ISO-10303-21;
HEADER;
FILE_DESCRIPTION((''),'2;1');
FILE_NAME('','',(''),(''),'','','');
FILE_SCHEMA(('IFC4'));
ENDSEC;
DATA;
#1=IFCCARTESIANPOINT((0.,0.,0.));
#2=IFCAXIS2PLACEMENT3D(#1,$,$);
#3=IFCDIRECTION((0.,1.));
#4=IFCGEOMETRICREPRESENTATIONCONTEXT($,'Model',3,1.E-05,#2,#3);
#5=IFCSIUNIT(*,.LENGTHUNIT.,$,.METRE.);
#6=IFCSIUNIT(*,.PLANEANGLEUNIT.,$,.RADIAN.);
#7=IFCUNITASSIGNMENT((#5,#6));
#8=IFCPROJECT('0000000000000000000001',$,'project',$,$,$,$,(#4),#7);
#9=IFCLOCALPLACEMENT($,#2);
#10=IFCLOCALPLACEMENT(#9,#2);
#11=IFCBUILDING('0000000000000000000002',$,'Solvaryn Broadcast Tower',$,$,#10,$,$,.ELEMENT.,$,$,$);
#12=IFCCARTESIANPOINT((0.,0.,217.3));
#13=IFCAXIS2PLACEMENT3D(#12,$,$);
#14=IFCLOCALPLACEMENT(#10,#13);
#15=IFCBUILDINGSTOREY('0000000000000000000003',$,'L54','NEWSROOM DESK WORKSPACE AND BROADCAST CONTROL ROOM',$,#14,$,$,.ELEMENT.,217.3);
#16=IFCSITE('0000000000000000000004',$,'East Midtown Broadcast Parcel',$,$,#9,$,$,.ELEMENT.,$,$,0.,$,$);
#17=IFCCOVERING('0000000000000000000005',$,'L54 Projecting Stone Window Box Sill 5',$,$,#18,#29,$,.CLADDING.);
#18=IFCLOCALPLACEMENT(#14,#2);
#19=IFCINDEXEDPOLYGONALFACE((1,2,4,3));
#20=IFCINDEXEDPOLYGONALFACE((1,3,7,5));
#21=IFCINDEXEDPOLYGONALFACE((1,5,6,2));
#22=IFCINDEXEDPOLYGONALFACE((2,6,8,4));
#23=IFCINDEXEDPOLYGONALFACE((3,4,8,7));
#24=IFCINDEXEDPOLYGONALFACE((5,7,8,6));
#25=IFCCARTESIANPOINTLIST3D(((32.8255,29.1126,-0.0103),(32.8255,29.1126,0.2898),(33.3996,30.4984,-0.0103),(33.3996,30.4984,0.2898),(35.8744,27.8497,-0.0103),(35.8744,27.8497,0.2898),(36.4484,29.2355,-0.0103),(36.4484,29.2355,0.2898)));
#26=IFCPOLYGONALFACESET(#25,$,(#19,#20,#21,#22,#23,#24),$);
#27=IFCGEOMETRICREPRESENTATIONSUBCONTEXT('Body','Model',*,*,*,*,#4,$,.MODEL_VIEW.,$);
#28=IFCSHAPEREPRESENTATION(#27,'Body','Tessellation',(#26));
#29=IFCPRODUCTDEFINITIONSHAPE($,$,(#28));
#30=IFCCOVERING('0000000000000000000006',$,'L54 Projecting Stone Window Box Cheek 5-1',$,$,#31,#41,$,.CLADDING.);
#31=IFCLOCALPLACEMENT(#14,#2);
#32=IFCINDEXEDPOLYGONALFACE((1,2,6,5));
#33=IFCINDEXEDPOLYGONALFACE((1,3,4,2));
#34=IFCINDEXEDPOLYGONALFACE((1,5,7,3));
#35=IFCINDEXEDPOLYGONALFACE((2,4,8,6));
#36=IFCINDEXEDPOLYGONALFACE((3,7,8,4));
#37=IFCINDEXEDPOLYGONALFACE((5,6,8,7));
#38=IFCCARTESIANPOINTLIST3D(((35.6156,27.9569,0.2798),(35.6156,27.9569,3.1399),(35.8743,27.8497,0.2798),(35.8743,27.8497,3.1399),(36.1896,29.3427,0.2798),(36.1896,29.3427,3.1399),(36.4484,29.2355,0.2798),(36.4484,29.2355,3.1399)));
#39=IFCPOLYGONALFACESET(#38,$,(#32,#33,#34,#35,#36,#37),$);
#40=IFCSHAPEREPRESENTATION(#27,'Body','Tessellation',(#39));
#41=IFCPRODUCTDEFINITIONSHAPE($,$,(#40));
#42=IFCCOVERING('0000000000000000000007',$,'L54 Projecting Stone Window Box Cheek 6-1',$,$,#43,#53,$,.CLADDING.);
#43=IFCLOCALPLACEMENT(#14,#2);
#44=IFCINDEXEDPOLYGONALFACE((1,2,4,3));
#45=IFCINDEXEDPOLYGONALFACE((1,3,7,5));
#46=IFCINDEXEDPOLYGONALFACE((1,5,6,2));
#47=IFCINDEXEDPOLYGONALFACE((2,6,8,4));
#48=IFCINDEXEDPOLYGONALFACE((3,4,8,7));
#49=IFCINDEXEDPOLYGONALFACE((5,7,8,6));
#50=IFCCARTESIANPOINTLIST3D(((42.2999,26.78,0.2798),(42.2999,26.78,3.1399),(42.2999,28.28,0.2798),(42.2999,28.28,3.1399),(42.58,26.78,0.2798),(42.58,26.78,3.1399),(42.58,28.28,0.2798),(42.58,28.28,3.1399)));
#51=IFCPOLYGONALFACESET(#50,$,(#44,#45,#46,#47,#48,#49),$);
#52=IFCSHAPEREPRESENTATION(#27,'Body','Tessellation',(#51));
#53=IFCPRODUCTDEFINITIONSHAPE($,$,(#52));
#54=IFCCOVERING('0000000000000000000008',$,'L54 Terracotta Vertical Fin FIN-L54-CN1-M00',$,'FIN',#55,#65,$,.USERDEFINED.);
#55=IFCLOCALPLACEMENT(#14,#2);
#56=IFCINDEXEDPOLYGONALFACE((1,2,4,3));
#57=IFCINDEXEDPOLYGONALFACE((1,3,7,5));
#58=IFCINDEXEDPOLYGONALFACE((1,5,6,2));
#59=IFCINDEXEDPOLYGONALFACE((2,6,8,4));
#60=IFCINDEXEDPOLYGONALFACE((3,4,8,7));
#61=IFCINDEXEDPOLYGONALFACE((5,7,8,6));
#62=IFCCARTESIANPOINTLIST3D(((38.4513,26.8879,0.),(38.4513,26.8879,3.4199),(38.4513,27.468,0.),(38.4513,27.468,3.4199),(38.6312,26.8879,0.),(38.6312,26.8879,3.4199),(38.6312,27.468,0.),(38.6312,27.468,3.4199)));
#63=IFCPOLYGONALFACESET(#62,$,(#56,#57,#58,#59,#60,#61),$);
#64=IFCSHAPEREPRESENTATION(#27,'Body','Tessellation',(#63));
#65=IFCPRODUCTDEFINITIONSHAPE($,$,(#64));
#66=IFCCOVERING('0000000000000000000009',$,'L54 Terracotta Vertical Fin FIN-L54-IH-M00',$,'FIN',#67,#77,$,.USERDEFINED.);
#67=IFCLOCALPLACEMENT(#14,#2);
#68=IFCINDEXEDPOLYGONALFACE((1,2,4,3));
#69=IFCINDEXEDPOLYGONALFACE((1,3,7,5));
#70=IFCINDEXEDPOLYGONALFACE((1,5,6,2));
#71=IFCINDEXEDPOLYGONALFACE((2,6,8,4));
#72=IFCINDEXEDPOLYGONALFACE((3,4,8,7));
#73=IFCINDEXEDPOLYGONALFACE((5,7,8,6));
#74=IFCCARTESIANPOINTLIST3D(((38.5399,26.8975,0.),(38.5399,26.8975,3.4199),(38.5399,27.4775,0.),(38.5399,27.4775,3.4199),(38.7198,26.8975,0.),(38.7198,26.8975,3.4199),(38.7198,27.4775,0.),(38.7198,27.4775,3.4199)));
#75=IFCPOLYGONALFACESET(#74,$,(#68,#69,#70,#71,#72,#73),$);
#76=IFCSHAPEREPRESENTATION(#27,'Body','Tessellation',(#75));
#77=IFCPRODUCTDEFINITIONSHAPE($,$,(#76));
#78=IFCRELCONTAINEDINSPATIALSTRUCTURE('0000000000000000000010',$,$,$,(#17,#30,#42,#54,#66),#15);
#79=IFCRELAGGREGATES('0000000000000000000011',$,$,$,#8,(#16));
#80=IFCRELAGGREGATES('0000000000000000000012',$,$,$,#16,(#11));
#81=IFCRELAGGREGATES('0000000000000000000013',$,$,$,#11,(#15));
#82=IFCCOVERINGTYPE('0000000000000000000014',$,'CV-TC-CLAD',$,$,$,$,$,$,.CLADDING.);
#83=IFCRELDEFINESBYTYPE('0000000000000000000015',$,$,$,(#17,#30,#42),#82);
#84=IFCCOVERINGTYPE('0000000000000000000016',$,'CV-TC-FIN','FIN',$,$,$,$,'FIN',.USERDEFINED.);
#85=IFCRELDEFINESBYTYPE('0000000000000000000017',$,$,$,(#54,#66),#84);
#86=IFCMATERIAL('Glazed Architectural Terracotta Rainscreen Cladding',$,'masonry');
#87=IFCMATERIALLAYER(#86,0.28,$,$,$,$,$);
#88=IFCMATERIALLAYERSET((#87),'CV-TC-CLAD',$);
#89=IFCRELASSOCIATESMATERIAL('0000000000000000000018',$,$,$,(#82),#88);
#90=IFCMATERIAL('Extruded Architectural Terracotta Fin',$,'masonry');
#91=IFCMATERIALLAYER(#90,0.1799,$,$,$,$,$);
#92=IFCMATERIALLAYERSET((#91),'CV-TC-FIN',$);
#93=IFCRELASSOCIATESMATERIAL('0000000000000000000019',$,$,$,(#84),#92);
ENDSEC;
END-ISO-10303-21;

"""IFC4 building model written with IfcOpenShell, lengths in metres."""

from ifc_helpers import new_model, si_unit, direction, frame, origin, origin_2d, place, context, subcontext, project, spatial, rectangle, extrude, material, layer, layer_set, type_object, element, save


model = new_model("IFC4")

# Units and contexts
model_context = context("Model", 3, precision=1e-05, world=origin(), true_north=direction((0.0, 1.0)))
body_context = subcontext(model_context, "Body", "Model", "MODEL_VIEW")
ifc_project = project(units=[si_unit("LENGTHUNIT", "METRE"), si_unit("PLANEANGLEUNIT", "RADIAN")], contexts=[model_context])

# Site, building, storey
site_placement = place(None, origin())
site = spatial("IfcSite", under=ifc_project, at=site_placement, Name="East Midtown Broadcast Parcel", CompositionType="ELEMENT", RefElevation=0.0)
building_placement = place(site_placement, origin())
building = spatial("IfcBuilding", under=site, at=building_placement, Name="Solvaryn Broadcast Tower", CompositionType="ELEMENT")
storey_placement = place(building_placement, frame((0.0, 0.0, 217.3)))
storey = spatial("IfcBuildingStorey", under=building, at=storey_placement, Name="L54", Description="NEWSROOM DESK WORKSPACE AND BROADCAST CONTROL ROOM", CompositionType="ELEMENT", Elevation=217.3)

# Coverings
ifc_material_1 = material(Name="Glazed Architectural Terracotta Rainscreen Cladding", Category="masonry")
ifc_layer_1 = layer(ifc_material_1, 0.28)
ifc_layer_set_1 = layer_set([ifc_layer_1], Name="CV-TC-CLAD")
covering_type_1 = type_object("IfcCoveringType", Name="CV-TC-CLAD", PredefinedType="CLADDING", material=ifc_layer_set_1)
for number, where, z_axis, x_axis, name in (
    (1, (34.637, 29.1741, -0.0103), (0.0, 0.0, 1.0), (-0.92388, 0.382683, 0.0), "L54 Projecting Stone Window Box Sill 5"),
):
    element("IfcCovering", number, at=place(storey_placement, frame(where, z_axis=z_axis, x_axis=x_axis)), inside=storey, type_object=covering_type_1, Name=name, PredefinedType="CLADDING", context=body_context, shape_type="SweptSolid", body=[
        extrude(rectangle(XDim=3.3, YDim=1.5, at=origin_2d()), origin(), (0.0, 0.0, 1.0), 0.3),
    ])
for number, where, z_axis, x_axis, name in (
    (2, (36.032, 28.5962, 0.2798), (0.0, 0.0, 1.0), (-0.92388, 0.382683, 0.0), "L54 Projecting Stone Window Box Cheek 5-1"),
    (3, (42.4399, 27.53, 0.2798), (0.0, 0.0, 1.0), (1.0, 0.0, 0.0), "L54 Projecting Stone Window Box Cheek 6-1"),
):
    element("IfcCovering", number, at=place(storey_placement, frame(where, z_axis=z_axis, x_axis=x_axis)), inside=storey, type_object=covering_type_1, Name=name, PredefinedType="CLADDING", context=body_context, shape_type="SweptSolid", body=[
        extrude(rectangle(XDim=0.28, YDim=1.5, at=origin_2d()), origin(), (0.0, 0.0, 1.0), 2.8601),
    ])
ifc_material_2 = material(Name="Extruded Architectural Terracotta Fin", Category="masonry")
ifc_layer_2 = layer(ifc_material_2, 0.1799)
ifc_layer_set_2 = layer_set([ifc_layer_2], Name="CV-TC-FIN")
covering_type_2 = type_object("IfcCoveringType", Name="CV-TC-FIN", Description="FIN", ElementType="FIN", PredefinedType="USERDEFINED", material=ifc_layer_set_2)
for number, where, z_axis, x_axis, name in (
    (4, (38.5413, 27.178, 0.0), (0.0, 0.0, 1.0), (1.0, 0.0, 0.0), "L54 Terracotta Vertical Fin FIN-L54-CN1-M00"),
    (5, (38.6299, 27.1875, 0.0), (0.0, 0.0, 1.0), (1.0, 0.0, 0.0), "L54 Terracotta Vertical Fin FIN-L54-IH-M00"),
):
    element("IfcCovering", number, at=place(storey_placement, frame(where, z_axis=z_axis, x_axis=x_axis)), inside=storey, type_object=covering_type_2, Name=name, ObjectType="FIN", PredefinedType="USERDEFINED", context=body_context, shape_type="SweptSolid", body=[
        extrude(rectangle(XDim=0.1799, YDim=0.5801, at=origin_2d()), origin(), (0.0, 0.0, 1.0), 3.4199),
    ])

save(model, "model.ifc")
